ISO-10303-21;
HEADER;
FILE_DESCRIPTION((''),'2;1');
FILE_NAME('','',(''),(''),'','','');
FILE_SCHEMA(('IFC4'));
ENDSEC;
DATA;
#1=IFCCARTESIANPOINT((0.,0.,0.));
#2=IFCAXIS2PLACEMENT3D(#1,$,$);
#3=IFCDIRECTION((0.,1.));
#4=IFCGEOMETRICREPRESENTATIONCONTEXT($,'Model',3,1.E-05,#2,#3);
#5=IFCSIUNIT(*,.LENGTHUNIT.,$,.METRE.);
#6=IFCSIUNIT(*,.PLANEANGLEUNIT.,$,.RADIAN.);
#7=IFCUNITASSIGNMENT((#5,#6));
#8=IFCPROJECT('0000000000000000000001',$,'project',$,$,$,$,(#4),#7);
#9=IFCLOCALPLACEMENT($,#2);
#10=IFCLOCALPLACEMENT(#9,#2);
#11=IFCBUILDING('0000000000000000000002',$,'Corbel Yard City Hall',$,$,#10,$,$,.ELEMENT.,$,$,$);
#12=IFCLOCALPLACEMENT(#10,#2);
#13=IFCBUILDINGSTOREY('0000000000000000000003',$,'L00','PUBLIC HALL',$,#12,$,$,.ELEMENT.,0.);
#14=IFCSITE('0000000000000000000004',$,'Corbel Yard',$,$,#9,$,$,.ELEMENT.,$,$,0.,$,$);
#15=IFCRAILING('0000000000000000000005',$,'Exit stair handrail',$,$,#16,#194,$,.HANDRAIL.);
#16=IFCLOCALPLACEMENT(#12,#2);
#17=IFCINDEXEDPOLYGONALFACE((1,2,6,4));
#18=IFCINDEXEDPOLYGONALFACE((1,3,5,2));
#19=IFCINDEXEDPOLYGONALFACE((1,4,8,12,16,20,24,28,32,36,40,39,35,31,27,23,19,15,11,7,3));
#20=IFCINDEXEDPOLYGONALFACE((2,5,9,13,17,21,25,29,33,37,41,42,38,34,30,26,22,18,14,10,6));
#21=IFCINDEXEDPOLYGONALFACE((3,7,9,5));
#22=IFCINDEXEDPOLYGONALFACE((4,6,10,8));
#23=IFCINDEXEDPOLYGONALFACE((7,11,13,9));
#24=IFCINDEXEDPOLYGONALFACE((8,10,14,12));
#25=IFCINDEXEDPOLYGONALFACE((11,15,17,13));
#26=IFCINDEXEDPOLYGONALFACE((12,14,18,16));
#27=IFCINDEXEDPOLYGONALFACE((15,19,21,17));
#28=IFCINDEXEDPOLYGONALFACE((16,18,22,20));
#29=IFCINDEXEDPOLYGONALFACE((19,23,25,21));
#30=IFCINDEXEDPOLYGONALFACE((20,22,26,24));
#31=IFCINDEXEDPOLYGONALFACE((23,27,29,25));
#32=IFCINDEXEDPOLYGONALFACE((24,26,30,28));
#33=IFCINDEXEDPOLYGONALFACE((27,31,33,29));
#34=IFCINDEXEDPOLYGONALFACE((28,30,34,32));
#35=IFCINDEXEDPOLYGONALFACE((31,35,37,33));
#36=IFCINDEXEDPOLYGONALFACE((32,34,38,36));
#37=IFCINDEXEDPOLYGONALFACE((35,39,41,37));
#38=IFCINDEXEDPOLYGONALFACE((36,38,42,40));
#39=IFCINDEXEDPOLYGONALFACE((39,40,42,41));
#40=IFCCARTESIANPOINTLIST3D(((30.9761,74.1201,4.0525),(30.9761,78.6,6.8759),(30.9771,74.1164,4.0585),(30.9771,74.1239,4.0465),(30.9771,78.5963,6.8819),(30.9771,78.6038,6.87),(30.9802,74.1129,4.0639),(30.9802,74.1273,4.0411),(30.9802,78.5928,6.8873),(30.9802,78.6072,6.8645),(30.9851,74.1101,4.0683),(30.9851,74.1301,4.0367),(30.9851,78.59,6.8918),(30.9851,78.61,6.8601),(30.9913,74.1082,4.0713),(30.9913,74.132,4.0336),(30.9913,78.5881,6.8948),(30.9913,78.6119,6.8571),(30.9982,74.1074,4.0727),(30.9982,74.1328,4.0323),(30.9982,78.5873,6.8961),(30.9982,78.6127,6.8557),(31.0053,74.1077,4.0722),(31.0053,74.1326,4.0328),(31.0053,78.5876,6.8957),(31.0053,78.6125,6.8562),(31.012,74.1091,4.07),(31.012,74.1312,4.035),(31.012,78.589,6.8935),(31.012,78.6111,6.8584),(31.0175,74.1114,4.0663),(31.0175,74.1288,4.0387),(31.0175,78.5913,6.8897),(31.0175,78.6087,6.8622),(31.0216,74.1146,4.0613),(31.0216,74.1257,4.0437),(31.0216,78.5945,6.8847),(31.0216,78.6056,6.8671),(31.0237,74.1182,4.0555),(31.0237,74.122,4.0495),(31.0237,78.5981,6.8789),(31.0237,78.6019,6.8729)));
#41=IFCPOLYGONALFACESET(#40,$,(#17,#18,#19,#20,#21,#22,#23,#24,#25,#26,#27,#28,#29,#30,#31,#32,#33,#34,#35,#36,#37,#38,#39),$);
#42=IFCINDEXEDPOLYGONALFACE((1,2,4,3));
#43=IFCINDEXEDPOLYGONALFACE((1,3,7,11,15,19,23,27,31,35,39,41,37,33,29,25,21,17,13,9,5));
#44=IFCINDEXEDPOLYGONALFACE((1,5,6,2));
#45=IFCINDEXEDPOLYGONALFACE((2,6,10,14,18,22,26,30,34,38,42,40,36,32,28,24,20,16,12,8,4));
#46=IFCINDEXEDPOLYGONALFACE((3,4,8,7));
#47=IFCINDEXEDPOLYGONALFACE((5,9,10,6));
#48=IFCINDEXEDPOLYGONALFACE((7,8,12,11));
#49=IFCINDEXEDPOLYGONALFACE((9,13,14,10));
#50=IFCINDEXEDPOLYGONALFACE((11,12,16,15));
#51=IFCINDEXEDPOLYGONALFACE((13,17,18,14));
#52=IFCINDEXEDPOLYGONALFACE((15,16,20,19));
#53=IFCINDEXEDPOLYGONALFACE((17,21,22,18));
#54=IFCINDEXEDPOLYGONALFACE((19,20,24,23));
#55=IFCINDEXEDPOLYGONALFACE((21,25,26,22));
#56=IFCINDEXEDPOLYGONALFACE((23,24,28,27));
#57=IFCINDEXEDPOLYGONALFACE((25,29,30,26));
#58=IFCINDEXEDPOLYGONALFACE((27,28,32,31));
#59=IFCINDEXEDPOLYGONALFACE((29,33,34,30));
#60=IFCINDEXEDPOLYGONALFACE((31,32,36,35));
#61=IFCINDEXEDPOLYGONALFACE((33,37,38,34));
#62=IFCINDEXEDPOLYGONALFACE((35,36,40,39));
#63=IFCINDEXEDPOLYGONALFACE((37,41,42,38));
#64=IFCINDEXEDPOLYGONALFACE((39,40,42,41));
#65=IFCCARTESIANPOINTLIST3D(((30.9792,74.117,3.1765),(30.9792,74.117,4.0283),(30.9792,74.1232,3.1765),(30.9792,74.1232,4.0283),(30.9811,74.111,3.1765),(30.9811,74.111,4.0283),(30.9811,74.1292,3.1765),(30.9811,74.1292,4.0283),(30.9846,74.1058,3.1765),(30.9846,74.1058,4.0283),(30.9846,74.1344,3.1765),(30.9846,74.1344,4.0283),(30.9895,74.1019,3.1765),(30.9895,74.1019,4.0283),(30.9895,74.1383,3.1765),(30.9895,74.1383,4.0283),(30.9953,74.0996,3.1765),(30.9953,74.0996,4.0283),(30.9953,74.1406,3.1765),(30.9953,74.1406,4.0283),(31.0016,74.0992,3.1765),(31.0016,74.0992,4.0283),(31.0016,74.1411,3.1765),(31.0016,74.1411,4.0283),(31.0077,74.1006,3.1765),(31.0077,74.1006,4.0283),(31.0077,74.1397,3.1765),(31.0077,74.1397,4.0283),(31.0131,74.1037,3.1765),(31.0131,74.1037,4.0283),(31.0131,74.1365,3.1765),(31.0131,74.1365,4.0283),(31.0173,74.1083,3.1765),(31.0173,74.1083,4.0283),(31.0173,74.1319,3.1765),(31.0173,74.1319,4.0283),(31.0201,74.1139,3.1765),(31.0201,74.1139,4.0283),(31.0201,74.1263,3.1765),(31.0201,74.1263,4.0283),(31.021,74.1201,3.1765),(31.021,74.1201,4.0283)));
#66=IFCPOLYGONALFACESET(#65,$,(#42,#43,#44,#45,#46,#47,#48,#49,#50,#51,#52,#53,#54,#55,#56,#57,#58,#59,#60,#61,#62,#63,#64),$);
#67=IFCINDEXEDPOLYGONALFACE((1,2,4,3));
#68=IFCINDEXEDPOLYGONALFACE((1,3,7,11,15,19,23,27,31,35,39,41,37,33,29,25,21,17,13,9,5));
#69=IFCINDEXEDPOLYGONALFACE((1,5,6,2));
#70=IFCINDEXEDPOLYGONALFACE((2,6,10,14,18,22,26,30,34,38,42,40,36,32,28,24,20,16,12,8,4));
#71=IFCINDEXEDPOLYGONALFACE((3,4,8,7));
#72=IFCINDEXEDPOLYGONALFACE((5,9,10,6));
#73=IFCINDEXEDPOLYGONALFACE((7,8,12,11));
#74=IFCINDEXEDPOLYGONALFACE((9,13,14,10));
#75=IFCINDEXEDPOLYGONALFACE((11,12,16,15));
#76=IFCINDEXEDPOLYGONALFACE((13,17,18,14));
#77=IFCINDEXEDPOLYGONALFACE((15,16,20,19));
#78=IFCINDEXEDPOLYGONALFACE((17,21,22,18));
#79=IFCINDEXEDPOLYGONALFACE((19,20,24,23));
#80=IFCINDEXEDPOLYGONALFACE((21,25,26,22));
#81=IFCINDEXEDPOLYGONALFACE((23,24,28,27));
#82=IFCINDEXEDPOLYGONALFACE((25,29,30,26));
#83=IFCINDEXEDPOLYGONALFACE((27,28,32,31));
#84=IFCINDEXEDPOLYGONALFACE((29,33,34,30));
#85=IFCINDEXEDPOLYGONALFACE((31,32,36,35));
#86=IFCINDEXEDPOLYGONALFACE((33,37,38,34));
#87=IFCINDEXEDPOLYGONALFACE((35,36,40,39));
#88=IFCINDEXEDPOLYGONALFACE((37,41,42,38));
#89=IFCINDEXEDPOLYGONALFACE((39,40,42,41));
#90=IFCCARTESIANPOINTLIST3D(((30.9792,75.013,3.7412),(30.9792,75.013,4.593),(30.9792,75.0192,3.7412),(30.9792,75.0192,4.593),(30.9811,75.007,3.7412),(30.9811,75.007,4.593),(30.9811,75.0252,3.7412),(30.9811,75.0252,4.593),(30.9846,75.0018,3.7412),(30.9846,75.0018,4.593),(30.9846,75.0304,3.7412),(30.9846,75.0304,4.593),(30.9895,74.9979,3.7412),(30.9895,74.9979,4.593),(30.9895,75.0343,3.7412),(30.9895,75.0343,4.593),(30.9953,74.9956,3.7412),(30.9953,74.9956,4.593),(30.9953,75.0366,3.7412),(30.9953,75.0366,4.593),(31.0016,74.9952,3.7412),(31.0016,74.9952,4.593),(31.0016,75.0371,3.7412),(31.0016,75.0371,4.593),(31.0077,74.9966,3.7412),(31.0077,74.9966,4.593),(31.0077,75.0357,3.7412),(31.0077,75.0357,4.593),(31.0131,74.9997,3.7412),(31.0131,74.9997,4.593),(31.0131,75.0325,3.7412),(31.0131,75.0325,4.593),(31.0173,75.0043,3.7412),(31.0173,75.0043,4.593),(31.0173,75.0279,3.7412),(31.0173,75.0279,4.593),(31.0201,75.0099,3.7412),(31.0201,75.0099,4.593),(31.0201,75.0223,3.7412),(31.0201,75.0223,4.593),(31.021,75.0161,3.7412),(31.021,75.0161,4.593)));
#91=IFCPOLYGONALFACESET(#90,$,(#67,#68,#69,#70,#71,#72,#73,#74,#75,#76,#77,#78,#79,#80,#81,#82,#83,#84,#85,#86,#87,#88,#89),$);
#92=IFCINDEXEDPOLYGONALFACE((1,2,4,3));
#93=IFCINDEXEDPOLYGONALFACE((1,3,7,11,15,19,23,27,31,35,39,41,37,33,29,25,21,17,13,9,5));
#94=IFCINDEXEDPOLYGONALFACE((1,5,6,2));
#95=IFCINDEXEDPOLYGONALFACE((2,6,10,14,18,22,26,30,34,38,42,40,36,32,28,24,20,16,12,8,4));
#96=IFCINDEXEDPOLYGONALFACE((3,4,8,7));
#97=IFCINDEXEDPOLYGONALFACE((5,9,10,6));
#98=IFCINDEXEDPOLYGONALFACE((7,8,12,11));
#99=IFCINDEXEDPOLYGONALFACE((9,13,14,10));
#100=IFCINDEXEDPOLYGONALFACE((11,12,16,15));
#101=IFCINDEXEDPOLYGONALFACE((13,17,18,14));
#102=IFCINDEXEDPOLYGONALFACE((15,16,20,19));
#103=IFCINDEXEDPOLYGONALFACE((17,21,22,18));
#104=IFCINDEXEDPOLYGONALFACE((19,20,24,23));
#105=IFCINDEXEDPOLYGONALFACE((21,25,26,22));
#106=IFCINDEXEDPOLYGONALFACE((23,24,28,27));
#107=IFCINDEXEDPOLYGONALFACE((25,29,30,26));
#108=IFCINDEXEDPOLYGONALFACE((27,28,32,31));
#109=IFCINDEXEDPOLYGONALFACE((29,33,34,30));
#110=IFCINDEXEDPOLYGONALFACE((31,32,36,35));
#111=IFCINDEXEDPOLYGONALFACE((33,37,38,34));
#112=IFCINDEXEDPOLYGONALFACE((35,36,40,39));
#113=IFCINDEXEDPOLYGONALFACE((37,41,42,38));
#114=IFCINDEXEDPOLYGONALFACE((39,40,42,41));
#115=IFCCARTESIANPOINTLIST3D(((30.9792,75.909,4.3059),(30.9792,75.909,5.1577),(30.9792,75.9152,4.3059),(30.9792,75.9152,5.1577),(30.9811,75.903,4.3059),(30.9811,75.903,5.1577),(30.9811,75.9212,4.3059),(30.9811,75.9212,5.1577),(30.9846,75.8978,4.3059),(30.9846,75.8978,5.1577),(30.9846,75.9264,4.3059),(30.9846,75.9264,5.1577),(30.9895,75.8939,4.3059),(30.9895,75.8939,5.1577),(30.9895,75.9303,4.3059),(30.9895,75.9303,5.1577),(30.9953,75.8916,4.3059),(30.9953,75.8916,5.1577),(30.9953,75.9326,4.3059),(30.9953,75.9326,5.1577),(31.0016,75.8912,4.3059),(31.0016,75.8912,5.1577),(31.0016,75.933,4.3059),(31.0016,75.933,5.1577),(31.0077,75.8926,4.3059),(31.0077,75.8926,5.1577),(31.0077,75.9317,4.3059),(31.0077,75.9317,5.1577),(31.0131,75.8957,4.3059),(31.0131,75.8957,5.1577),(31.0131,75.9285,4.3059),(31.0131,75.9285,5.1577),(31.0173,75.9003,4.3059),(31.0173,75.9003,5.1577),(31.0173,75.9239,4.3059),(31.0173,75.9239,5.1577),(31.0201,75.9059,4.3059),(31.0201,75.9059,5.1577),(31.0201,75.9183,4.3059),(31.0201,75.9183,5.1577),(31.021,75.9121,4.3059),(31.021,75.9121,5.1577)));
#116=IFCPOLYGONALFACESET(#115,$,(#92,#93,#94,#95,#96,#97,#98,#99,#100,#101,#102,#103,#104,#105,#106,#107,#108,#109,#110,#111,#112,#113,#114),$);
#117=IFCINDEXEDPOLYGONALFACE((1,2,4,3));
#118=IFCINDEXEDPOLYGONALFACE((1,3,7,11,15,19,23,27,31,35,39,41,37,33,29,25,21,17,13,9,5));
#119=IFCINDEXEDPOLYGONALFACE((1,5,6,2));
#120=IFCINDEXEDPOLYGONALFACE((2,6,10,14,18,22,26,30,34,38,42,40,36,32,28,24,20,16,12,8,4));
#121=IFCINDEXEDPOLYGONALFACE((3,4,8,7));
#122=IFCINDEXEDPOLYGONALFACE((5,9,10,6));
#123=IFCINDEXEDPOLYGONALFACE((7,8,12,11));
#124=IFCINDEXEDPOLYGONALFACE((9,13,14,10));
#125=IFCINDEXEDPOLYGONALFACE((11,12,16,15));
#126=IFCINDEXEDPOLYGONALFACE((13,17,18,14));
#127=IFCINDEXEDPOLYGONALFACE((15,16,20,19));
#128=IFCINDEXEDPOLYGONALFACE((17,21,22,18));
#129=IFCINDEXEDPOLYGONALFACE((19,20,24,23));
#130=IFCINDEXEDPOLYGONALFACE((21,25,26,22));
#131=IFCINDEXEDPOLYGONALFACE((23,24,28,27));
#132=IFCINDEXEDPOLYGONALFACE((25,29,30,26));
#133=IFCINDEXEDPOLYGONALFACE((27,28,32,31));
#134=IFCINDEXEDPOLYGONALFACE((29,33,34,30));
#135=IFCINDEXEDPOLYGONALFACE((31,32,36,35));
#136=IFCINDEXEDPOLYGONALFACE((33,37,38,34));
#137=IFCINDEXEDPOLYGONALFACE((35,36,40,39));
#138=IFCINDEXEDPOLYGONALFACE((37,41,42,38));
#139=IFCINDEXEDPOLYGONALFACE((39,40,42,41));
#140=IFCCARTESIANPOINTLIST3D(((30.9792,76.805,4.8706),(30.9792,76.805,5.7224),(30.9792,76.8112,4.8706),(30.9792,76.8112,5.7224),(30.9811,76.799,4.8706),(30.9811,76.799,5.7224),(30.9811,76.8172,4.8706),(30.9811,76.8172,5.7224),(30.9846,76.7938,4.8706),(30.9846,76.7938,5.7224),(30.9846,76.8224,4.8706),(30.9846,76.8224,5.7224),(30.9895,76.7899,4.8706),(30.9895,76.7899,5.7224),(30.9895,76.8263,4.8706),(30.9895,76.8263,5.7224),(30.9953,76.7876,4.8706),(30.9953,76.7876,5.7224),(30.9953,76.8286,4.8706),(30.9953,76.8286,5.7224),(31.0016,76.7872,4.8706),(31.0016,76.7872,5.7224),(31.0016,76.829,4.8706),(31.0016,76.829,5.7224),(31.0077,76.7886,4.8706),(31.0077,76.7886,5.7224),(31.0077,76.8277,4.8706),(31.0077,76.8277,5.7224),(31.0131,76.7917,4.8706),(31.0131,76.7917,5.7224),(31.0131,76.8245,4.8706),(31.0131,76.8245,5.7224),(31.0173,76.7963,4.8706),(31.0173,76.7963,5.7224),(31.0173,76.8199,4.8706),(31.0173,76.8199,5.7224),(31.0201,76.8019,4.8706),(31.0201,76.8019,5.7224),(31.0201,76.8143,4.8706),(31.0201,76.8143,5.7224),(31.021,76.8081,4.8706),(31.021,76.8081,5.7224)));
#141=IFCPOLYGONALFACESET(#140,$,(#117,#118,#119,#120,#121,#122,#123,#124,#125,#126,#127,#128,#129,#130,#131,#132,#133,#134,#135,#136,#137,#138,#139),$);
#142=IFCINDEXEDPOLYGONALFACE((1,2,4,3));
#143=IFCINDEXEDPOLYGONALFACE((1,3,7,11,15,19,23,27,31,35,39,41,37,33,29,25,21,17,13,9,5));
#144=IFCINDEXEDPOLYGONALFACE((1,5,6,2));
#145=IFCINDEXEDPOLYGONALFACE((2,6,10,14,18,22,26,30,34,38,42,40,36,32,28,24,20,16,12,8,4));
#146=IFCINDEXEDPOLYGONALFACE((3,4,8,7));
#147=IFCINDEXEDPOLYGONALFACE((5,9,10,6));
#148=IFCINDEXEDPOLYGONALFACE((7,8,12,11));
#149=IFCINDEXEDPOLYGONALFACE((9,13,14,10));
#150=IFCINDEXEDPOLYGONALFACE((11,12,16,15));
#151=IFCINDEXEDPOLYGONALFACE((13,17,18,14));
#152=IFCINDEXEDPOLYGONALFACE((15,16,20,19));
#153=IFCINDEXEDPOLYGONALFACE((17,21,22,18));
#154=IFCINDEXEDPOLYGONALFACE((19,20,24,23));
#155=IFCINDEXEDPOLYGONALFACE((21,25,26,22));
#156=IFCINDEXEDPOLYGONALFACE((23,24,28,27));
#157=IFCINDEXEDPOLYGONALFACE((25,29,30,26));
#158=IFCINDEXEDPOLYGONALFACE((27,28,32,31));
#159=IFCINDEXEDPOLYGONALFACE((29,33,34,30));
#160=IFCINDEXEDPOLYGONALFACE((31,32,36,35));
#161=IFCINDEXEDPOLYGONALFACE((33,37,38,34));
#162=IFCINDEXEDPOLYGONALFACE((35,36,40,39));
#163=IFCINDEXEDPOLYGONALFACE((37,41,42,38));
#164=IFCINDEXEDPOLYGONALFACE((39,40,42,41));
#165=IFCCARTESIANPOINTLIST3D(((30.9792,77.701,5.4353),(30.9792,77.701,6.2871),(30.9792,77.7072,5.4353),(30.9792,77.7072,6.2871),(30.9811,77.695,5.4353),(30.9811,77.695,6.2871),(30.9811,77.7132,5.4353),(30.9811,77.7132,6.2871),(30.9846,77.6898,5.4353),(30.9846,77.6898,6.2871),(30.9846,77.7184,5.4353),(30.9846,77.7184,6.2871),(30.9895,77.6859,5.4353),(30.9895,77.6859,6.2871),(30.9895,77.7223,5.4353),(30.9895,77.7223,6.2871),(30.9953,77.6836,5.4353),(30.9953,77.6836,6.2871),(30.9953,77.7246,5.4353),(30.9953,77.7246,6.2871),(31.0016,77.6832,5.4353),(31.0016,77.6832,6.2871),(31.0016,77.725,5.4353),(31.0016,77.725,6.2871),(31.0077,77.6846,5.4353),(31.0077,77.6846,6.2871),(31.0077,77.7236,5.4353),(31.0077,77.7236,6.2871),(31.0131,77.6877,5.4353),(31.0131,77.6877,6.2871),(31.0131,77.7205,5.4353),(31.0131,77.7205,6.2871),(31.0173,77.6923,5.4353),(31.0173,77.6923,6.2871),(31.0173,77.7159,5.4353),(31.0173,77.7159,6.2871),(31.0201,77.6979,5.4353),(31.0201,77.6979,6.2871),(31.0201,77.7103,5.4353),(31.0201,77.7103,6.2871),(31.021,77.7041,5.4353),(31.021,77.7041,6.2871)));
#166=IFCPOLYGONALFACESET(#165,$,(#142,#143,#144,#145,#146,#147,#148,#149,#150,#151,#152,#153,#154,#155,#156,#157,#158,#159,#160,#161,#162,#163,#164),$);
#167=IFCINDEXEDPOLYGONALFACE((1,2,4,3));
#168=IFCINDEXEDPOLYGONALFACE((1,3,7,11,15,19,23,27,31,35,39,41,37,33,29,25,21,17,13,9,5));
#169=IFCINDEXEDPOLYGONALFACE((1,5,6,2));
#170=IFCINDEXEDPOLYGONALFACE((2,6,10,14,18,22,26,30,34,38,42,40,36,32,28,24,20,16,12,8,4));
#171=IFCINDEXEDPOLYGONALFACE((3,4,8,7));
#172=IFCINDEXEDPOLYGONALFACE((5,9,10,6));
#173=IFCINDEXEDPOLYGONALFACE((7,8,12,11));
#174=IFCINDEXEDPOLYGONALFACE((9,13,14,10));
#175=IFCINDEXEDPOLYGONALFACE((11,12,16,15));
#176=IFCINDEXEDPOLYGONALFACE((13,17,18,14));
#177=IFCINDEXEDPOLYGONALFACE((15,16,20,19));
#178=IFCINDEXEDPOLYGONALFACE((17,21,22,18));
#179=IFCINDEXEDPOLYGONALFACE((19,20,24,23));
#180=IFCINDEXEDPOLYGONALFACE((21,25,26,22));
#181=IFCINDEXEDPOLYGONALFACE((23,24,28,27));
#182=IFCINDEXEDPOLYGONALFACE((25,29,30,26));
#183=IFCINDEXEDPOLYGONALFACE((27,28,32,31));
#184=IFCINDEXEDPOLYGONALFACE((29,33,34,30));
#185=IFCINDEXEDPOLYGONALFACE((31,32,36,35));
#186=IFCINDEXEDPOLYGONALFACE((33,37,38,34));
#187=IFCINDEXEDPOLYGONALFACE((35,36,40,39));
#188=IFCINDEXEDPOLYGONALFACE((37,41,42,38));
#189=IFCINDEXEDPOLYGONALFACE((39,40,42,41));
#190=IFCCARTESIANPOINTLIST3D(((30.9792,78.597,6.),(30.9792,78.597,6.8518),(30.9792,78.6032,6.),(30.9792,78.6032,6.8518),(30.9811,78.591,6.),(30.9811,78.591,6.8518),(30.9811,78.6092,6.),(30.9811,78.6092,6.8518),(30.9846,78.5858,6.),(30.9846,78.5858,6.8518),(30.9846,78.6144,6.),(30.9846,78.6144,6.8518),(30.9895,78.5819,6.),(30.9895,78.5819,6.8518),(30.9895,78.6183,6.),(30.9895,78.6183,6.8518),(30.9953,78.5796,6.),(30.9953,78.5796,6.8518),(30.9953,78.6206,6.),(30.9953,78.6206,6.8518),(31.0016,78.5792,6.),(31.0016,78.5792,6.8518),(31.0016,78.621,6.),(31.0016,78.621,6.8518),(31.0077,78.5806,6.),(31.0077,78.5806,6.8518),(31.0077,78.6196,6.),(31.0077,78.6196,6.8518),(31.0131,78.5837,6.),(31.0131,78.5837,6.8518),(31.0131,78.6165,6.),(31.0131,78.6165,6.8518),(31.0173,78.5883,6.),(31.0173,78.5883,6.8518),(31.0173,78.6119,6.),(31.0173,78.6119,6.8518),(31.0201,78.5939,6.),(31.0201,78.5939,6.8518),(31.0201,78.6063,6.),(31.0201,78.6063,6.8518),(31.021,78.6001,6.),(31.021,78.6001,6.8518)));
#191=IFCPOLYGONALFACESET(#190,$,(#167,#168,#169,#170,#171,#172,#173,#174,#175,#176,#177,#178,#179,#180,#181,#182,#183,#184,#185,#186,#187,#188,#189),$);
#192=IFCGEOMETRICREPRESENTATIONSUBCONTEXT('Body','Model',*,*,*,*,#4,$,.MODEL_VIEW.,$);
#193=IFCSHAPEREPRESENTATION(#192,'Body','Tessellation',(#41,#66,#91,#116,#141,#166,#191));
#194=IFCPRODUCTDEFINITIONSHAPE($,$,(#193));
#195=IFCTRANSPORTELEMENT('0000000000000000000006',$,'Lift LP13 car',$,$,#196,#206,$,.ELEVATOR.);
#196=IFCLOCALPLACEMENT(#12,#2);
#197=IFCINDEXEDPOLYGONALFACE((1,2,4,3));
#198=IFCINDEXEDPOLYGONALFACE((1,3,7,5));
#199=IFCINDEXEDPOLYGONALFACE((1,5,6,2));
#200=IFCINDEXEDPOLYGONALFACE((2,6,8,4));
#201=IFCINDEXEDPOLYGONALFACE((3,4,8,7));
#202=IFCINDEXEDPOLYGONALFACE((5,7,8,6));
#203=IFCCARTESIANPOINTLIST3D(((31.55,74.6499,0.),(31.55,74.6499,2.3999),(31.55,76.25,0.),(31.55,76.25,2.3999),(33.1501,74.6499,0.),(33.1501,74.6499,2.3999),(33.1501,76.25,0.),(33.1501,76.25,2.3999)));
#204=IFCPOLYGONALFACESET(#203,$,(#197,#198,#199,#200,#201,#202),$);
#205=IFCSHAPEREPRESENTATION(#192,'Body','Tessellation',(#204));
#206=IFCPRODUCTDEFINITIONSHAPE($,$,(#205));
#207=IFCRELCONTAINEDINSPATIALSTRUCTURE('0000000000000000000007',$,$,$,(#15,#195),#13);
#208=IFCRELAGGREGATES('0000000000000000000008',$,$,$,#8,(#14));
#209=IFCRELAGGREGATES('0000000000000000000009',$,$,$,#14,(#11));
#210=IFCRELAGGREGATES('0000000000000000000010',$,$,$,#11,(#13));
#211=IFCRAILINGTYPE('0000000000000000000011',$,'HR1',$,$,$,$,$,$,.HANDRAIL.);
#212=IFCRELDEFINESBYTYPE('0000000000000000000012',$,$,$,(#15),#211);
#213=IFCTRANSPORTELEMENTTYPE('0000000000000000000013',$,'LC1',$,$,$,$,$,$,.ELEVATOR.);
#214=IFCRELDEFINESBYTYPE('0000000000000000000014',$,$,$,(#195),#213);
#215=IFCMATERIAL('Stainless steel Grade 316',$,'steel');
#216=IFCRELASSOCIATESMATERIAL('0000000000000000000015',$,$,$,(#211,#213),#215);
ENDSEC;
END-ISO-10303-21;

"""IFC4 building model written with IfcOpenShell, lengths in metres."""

from ifc_helpers import new_model, si_unit, direction, frame, origin, origin_2d, place, context, subcontext, project, spatial, rectangle, circle, extrude, material, type_object, element, save


model = new_model("IFC4")

# Units and contexts
model_context = context("Model", 3, precision=1e-05, world=origin(), true_north=direction((0.0, 1.0)))
body_context = subcontext(model_context, "Body", "Model", "MODEL_VIEW")
ifc_project = project(units=[si_unit("LENGTHUNIT", "METRE"), si_unit("PLANEANGLEUNIT", "RADIAN")], contexts=[model_context])

# Site, building, storey
site_placement = place(None, origin())
site = spatial("IfcSite", under=ifc_project, at=site_placement, Name="Corbel Yard", CompositionType="ELEMENT", RefElevation=0.0)
building_placement = place(site_placement, origin())
building = spatial("IfcBuilding", under=site, at=building_placement, Name="Corbel Yard City Hall", CompositionType="ELEMENT")
storey_placement = place(building_placement, origin())
storey = spatial("IfcBuildingStorey", under=building, at=storey_placement, Name="L00", Description="PUBLIC HALL", CompositionType="ELEMENT", Elevation=0.0)

# Shared definitions
ifc_material_1 = material(Name="Stainless steel Grade 316", Category="steel")

# Railing
railing_type = type_object("IfcRailingType", Name="HR1", PredefinedType="HANDRAIL", material=ifc_material_1)
for number, where, name in (
    (1, (31.0, 74.1201, 3.1765), "Exit stair handrail"),
):
    element("IfcRailing", number, at=place(storey_placement, frame(where)), inside=storey, type_object=railing_type, Name=name, PredefinedType="HANDRAIL", context=body_context, shape_type="SweptSolid", body=[
        extrude(circle(Radius=0.0239, at=origin_2d()), frame((0.0, 0.0, 0.876), z_axis=(0.0, 0.845998, 0.533186), x_axis=(-1.0, 0.0, 0.0)), (0.0, 0.0, 1.0), 5.2954),
        extrude(circle(Radius=0.021, at=origin_2d()), origin(), (0.0, 0.0, 1.0), 0.8518),
        extrude(circle(Radius=0.021, at=origin_2d()), frame((0.0, 0.896, 0.5647)), (0.0, 0.0, 1.0), 0.8518),
        extrude(circle(Radius=0.021, at=origin_2d()), frame((0.0, 1.792, 1.1294)), (0.0, 0.0, 1.0), 0.8518),
        extrude(circle(Radius=0.021, at=origin_2d()), frame((0.0, 2.688, 1.6941)), (0.0, 0.0, 1.0), 0.8518),
        extrude(circle(Radius=0.021, at=origin_2d()), frame((0.0, 3.584, 2.2588)), (0.0, 0.0, 1.0), 0.8518),
        extrude(circle(Radius=0.021, at=origin_2d()), frame((0.0, 4.48, 2.8235)), (0.0, 0.0, 1.0), 0.8518),
    ])

# Transport element
transport_element_type = type_object("IfcTransportElementType", Name="LC1", PredefinedType="ELEVATOR", material=ifc_material_1)
transport_element_placement = place(storey_placement, frame((32.3501, 75.45, 0.0), z_axis=(0.0, 0.0, 1.0), x_axis=(1.0, 0.0, 0.0)))
element("IfcTransportElement", 2, at=transport_element_placement, inside=storey, type_object=transport_element_type, Name="Lift LP13 car", PredefinedType="ELEVATOR", context=body_context, shape_type="SweptSolid", body=[
    extrude(rectangle(XDim=1.6001, YDim=1.6001, at=origin_2d()), origin(), (0.0, 0.0, 1.0), 2.3999),
])

save(model, "model.ifc")
